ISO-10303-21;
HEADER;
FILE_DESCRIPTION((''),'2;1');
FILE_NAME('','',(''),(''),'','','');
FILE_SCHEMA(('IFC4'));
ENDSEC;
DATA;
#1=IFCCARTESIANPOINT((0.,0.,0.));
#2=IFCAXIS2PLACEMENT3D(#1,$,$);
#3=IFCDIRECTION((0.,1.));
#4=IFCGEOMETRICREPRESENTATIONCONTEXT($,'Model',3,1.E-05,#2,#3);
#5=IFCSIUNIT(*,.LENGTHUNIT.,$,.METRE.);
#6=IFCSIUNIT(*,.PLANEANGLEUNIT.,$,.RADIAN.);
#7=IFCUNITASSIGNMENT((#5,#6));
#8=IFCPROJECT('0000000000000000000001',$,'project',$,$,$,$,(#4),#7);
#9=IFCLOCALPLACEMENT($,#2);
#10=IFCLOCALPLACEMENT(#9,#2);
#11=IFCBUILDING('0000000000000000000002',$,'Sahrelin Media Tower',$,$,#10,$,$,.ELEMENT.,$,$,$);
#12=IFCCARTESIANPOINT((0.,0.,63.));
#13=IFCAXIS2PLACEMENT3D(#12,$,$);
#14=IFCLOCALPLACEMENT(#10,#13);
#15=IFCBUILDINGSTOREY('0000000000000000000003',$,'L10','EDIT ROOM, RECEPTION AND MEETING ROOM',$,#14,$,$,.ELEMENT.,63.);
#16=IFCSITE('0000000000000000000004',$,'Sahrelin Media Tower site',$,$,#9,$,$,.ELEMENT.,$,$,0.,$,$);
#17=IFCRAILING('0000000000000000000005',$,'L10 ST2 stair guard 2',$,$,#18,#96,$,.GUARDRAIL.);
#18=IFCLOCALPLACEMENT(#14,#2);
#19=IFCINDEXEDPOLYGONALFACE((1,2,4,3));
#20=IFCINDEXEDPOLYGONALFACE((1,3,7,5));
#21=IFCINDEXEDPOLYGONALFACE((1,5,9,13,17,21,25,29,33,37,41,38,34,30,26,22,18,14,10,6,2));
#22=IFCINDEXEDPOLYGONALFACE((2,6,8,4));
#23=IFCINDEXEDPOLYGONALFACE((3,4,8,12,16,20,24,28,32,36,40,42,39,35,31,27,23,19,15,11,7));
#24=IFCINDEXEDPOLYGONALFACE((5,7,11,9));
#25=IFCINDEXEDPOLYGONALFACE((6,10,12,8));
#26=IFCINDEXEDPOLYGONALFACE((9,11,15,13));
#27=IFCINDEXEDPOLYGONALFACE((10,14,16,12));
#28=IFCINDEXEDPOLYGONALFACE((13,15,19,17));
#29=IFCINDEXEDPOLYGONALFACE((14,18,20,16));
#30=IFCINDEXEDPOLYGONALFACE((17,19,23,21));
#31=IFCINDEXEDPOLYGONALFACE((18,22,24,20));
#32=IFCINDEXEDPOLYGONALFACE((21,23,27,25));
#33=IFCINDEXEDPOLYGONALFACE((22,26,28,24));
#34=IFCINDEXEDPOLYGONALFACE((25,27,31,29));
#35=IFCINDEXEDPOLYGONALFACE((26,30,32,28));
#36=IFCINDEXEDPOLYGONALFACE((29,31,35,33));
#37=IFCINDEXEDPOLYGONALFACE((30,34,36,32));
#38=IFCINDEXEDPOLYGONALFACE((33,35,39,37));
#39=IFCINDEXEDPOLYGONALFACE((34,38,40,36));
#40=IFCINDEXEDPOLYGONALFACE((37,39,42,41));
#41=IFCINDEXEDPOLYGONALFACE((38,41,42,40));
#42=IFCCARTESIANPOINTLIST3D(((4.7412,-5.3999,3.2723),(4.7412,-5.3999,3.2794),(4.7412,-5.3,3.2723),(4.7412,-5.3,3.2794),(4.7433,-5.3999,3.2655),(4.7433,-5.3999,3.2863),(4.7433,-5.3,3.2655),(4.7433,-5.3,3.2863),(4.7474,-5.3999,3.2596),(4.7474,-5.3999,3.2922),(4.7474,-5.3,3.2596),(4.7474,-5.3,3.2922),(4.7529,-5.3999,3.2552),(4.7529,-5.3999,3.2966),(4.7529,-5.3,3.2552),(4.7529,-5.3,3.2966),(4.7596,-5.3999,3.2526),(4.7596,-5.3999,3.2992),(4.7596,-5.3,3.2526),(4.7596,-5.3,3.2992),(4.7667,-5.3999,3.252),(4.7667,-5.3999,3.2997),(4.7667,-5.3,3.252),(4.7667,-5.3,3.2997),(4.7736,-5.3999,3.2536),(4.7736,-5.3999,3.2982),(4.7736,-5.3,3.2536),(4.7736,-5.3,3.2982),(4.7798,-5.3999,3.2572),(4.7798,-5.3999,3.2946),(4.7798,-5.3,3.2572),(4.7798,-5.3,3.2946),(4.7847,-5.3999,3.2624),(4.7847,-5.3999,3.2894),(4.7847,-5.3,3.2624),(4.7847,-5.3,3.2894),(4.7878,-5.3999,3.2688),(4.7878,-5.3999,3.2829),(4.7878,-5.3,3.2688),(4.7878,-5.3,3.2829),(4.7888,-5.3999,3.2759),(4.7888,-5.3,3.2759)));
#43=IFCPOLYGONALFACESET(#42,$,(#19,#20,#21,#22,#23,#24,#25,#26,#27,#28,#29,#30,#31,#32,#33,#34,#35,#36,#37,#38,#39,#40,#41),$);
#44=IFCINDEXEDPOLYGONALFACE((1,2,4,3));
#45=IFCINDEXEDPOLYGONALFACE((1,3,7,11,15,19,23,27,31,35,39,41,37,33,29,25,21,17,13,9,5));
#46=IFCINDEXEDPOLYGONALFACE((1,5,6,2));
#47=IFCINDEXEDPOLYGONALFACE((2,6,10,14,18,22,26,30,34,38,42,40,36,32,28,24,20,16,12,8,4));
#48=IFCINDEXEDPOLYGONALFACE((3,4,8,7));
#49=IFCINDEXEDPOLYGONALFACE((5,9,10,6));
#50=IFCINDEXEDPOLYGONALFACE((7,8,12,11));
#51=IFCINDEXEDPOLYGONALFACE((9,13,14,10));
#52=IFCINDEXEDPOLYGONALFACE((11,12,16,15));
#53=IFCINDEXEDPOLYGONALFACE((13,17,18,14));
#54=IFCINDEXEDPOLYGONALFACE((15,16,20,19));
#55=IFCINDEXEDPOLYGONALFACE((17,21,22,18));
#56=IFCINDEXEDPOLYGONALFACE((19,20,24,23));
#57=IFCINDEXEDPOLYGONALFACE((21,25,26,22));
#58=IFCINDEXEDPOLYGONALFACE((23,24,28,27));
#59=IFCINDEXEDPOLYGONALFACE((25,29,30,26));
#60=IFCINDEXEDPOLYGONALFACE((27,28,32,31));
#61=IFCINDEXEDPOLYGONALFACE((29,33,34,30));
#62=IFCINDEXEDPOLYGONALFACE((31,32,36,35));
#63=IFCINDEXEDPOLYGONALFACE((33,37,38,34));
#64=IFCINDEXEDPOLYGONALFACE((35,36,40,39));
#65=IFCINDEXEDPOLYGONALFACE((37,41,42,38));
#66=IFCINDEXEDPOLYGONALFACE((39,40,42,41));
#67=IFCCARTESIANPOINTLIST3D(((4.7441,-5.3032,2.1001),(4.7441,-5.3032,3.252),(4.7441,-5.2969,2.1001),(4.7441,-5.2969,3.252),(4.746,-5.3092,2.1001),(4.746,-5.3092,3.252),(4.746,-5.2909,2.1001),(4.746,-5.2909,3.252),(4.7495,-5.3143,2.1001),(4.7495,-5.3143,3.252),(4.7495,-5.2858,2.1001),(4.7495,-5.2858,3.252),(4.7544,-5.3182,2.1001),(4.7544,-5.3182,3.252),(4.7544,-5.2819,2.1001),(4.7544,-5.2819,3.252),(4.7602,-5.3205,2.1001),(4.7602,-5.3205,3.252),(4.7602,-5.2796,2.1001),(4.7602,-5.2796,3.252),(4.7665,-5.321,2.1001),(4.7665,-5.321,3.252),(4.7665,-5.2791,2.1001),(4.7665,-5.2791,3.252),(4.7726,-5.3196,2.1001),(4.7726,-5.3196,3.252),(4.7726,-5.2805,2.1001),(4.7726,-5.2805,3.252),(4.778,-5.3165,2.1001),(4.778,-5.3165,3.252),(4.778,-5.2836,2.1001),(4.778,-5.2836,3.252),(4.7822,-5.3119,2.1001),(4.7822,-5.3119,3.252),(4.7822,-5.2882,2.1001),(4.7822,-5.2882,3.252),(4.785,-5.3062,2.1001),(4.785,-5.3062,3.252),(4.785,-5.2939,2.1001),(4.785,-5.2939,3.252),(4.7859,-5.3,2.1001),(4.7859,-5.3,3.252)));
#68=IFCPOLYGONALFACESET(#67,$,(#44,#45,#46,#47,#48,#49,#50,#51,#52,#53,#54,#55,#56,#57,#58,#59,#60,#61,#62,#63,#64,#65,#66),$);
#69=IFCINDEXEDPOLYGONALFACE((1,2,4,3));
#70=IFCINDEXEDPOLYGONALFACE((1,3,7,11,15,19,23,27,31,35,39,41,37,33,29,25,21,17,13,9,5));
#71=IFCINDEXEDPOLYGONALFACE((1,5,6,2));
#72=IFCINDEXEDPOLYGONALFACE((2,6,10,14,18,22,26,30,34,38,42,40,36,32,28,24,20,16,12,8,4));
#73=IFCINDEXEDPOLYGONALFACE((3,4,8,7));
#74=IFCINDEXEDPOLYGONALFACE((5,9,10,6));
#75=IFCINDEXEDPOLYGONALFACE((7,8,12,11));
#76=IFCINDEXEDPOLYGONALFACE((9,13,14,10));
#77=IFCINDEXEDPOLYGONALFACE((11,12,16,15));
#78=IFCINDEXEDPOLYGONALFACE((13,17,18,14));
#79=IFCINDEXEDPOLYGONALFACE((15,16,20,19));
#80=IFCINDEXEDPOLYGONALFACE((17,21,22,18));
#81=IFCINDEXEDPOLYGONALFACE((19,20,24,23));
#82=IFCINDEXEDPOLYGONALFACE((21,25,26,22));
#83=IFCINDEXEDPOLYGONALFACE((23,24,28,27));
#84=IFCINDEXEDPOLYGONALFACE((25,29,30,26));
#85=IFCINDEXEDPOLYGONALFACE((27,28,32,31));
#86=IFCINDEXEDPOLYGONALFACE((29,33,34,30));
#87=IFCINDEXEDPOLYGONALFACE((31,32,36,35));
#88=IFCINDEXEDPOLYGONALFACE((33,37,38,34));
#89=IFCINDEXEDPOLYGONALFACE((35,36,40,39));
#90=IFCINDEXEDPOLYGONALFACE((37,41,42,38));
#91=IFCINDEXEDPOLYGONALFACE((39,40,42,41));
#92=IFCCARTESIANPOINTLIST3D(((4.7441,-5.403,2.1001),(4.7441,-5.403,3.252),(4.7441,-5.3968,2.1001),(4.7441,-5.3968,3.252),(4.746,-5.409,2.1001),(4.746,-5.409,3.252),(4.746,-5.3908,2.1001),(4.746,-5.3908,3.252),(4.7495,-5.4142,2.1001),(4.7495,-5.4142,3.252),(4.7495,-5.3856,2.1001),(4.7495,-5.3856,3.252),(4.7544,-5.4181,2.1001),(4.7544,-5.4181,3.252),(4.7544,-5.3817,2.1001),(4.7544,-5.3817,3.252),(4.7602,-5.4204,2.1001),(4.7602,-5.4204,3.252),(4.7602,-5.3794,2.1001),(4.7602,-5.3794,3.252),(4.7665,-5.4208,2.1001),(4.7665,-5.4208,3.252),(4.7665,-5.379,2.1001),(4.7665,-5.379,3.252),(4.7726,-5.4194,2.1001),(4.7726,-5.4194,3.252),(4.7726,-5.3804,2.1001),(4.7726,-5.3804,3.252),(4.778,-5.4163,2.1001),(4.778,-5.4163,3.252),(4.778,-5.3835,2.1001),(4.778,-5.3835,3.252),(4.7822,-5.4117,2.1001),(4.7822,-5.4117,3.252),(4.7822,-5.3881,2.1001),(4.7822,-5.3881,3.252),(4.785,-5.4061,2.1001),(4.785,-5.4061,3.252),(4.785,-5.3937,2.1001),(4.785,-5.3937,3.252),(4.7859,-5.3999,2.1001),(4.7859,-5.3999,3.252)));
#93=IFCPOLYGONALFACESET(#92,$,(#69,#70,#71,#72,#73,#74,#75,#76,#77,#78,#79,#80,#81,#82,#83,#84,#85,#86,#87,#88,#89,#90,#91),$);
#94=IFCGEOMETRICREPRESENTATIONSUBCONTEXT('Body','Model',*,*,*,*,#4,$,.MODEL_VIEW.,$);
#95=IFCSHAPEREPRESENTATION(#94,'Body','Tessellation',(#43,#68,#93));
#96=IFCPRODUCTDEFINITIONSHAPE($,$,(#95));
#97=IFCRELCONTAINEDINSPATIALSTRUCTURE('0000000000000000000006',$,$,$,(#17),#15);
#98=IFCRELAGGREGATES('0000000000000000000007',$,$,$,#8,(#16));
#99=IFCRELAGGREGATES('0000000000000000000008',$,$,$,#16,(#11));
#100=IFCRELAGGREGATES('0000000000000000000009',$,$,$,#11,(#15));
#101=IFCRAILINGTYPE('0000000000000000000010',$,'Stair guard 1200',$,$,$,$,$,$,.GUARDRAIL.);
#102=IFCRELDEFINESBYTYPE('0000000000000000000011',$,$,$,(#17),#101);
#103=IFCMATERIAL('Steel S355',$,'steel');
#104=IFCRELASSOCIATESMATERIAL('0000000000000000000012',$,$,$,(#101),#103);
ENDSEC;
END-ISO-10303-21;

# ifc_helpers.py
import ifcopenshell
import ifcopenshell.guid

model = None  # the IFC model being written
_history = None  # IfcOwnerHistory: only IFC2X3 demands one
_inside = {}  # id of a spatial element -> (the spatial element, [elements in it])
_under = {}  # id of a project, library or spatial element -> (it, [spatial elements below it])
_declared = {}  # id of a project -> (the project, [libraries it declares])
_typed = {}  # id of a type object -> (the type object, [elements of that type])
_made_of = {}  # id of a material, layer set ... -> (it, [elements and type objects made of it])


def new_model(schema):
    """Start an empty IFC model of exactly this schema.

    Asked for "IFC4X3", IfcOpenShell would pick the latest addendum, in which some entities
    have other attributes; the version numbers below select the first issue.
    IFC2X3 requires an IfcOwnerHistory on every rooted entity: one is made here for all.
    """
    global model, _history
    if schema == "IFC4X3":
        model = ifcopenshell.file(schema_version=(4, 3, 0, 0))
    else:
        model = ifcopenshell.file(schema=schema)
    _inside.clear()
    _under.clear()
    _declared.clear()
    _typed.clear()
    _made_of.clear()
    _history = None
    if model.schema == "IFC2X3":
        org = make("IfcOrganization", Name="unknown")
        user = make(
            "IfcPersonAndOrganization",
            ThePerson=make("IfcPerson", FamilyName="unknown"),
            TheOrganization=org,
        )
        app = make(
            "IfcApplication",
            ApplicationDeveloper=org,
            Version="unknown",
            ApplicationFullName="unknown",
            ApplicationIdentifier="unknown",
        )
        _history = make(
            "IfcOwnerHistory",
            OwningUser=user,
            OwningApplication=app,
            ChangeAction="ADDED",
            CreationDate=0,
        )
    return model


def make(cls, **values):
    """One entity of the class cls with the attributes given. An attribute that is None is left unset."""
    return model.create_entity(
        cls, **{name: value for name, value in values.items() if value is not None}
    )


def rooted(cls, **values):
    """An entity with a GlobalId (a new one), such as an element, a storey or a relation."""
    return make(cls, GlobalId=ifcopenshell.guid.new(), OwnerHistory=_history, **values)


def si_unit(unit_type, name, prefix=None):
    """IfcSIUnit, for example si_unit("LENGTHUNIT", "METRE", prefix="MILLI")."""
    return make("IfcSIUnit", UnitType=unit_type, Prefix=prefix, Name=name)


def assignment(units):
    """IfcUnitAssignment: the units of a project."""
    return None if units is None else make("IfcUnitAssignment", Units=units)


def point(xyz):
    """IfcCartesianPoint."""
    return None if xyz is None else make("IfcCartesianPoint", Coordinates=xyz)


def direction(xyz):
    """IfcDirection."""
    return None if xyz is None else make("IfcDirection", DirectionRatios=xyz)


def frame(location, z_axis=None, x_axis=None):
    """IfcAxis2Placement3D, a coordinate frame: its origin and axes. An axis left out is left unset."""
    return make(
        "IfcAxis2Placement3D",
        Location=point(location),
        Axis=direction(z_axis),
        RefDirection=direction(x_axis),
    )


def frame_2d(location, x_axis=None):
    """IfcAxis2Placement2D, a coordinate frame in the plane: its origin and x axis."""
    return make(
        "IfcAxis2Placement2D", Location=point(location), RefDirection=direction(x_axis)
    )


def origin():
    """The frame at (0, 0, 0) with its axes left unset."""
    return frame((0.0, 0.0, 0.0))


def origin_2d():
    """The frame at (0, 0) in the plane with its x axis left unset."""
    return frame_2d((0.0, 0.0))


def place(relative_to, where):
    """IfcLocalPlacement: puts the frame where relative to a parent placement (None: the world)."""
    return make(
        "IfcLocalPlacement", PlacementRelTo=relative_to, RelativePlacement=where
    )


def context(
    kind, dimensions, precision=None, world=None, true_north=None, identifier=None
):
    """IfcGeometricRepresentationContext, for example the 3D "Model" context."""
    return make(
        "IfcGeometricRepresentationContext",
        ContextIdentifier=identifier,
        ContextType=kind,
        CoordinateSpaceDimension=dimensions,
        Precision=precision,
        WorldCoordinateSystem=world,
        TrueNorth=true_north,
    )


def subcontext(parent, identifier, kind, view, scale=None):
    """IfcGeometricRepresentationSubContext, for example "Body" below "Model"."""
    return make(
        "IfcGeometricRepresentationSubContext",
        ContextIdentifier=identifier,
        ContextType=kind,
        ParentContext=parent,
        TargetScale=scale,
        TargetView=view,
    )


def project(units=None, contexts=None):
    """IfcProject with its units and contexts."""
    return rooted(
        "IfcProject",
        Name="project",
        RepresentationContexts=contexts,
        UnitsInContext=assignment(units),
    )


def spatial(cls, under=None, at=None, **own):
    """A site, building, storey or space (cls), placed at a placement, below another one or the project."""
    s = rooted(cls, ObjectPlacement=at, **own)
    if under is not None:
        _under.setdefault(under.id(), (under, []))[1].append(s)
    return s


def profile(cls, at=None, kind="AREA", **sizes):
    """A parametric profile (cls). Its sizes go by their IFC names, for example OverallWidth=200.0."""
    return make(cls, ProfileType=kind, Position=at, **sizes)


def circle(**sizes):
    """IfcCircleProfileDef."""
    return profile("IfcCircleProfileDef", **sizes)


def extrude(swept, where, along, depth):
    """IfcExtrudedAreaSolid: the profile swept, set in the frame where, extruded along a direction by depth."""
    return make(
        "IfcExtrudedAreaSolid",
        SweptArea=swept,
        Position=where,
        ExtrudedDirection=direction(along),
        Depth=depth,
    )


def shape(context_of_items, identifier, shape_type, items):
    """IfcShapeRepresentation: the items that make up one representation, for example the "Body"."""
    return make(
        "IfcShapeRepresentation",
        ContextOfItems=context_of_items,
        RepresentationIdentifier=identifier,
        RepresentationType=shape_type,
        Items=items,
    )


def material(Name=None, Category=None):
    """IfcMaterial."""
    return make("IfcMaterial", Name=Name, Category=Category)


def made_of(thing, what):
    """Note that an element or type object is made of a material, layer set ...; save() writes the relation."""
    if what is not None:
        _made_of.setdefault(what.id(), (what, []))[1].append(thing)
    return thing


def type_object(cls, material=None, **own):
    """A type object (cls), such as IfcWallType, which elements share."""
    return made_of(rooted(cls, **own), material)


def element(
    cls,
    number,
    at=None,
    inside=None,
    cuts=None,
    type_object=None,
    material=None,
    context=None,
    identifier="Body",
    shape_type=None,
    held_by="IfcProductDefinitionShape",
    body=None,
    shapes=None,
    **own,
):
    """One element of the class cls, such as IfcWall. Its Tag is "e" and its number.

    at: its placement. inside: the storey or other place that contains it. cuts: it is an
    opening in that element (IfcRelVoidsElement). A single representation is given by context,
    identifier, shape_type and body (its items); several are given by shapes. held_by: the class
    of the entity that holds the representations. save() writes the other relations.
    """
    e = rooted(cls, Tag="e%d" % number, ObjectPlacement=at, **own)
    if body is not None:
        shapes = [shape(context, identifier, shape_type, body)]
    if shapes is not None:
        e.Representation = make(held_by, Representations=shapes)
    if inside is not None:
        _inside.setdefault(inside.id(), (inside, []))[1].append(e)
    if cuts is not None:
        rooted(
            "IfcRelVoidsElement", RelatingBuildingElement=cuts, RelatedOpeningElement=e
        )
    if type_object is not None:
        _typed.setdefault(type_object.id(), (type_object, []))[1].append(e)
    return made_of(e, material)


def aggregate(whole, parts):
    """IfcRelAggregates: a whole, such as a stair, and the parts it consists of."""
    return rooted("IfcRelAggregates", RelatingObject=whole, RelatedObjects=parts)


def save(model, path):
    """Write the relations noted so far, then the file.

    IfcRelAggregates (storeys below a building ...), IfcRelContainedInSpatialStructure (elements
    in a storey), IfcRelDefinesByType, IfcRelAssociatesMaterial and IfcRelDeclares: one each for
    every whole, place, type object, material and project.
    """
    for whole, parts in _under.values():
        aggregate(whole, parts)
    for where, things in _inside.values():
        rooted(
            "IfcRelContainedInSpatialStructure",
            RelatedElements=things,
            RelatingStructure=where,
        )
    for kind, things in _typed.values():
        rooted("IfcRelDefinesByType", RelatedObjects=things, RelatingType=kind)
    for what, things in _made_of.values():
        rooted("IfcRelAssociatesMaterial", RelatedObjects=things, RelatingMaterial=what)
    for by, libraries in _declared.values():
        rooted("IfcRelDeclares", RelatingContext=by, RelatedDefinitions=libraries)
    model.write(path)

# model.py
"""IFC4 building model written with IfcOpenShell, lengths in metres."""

from ifc_helpers import new_model, si_unit, direction, frame, origin, origin_2d, place, context, subcontext, project, spatial, circle, extrude, material, type_object, element, save


model = new_model("IFC4")

# Units and contexts
model_context = context("Model", 3, precision=1e-05, world=origin(), true_north=direction((0.0, 1.0)))
body_context = subcontext(model_context, "Body", "Model", "MODEL_VIEW")
ifc_project = project(units=[si_unit("LENGTHUNIT", "METRE"), si_unit("PLANEANGLEUNIT", "RADIAN")], contexts=[model_context])

# Site, building, storey
site_placement = place(None, origin())
site = spatial("IfcSite", under=ifc_project, at=site_placement, Name="Sahrelin Media Tower site", CompositionType="ELEMENT", RefElevation=0.0)
building_placement = place(site_placement, origin())
building = spatial("IfcBuilding", under=site, at=building_placement, Name="Sahrelin Media Tower", CompositionType="ELEMENT")
storey_placement = place(building_placement, frame((0.0, 0.0, 63.0)))
storey = spatial("IfcBuildingStorey", under=building, at=storey_placement, Name="L10", Description="EDIT ROOM, RECEPTION AND MEETING ROOM", CompositionType="ELEMENT", Elevation=63.0)

# Shared definitions
ifc_material_1 = material(Name="Steel S355", Category="steel")

# Railing
railing_type_1 = type_object("IfcRailingType", Name="Stair guard 1200", PredefinedType="GUARDRAIL", material=ifc_material_1)
railing_1_placement = place(storey_placement, frame((4.7649, -5.3, 2.1001)))
element("IfcRailing", 1, at=railing_1_placement, inside=storey, type_object=railing_type_1, Name="L10 ST2 stair guard 2", PredefinedType="GUARDRAIL", context=body_context, shape_type="SweptSolid", body=[
    extrude(circle(Radius=0.0239, at=origin_2d()), frame((0.0, 0.0, 1.1758), z_axis=(0.0, -1.0, 0.0), x_axis=(1.0, 0.0, 0.0)), (0.0, 0.0, 1.0), 0.0999),
    extrude(circle(Radius=0.021, at=origin_2d()), origin(), (0.0, 0.0, 1.0), 1.1519),
    extrude(circle(Radius=0.021, at=origin_2d()), frame((0.0, -0.0999, 0.0)), (0.0, 0.0, 1.0), 1.1519),
])

save(model, "model.ifc")
